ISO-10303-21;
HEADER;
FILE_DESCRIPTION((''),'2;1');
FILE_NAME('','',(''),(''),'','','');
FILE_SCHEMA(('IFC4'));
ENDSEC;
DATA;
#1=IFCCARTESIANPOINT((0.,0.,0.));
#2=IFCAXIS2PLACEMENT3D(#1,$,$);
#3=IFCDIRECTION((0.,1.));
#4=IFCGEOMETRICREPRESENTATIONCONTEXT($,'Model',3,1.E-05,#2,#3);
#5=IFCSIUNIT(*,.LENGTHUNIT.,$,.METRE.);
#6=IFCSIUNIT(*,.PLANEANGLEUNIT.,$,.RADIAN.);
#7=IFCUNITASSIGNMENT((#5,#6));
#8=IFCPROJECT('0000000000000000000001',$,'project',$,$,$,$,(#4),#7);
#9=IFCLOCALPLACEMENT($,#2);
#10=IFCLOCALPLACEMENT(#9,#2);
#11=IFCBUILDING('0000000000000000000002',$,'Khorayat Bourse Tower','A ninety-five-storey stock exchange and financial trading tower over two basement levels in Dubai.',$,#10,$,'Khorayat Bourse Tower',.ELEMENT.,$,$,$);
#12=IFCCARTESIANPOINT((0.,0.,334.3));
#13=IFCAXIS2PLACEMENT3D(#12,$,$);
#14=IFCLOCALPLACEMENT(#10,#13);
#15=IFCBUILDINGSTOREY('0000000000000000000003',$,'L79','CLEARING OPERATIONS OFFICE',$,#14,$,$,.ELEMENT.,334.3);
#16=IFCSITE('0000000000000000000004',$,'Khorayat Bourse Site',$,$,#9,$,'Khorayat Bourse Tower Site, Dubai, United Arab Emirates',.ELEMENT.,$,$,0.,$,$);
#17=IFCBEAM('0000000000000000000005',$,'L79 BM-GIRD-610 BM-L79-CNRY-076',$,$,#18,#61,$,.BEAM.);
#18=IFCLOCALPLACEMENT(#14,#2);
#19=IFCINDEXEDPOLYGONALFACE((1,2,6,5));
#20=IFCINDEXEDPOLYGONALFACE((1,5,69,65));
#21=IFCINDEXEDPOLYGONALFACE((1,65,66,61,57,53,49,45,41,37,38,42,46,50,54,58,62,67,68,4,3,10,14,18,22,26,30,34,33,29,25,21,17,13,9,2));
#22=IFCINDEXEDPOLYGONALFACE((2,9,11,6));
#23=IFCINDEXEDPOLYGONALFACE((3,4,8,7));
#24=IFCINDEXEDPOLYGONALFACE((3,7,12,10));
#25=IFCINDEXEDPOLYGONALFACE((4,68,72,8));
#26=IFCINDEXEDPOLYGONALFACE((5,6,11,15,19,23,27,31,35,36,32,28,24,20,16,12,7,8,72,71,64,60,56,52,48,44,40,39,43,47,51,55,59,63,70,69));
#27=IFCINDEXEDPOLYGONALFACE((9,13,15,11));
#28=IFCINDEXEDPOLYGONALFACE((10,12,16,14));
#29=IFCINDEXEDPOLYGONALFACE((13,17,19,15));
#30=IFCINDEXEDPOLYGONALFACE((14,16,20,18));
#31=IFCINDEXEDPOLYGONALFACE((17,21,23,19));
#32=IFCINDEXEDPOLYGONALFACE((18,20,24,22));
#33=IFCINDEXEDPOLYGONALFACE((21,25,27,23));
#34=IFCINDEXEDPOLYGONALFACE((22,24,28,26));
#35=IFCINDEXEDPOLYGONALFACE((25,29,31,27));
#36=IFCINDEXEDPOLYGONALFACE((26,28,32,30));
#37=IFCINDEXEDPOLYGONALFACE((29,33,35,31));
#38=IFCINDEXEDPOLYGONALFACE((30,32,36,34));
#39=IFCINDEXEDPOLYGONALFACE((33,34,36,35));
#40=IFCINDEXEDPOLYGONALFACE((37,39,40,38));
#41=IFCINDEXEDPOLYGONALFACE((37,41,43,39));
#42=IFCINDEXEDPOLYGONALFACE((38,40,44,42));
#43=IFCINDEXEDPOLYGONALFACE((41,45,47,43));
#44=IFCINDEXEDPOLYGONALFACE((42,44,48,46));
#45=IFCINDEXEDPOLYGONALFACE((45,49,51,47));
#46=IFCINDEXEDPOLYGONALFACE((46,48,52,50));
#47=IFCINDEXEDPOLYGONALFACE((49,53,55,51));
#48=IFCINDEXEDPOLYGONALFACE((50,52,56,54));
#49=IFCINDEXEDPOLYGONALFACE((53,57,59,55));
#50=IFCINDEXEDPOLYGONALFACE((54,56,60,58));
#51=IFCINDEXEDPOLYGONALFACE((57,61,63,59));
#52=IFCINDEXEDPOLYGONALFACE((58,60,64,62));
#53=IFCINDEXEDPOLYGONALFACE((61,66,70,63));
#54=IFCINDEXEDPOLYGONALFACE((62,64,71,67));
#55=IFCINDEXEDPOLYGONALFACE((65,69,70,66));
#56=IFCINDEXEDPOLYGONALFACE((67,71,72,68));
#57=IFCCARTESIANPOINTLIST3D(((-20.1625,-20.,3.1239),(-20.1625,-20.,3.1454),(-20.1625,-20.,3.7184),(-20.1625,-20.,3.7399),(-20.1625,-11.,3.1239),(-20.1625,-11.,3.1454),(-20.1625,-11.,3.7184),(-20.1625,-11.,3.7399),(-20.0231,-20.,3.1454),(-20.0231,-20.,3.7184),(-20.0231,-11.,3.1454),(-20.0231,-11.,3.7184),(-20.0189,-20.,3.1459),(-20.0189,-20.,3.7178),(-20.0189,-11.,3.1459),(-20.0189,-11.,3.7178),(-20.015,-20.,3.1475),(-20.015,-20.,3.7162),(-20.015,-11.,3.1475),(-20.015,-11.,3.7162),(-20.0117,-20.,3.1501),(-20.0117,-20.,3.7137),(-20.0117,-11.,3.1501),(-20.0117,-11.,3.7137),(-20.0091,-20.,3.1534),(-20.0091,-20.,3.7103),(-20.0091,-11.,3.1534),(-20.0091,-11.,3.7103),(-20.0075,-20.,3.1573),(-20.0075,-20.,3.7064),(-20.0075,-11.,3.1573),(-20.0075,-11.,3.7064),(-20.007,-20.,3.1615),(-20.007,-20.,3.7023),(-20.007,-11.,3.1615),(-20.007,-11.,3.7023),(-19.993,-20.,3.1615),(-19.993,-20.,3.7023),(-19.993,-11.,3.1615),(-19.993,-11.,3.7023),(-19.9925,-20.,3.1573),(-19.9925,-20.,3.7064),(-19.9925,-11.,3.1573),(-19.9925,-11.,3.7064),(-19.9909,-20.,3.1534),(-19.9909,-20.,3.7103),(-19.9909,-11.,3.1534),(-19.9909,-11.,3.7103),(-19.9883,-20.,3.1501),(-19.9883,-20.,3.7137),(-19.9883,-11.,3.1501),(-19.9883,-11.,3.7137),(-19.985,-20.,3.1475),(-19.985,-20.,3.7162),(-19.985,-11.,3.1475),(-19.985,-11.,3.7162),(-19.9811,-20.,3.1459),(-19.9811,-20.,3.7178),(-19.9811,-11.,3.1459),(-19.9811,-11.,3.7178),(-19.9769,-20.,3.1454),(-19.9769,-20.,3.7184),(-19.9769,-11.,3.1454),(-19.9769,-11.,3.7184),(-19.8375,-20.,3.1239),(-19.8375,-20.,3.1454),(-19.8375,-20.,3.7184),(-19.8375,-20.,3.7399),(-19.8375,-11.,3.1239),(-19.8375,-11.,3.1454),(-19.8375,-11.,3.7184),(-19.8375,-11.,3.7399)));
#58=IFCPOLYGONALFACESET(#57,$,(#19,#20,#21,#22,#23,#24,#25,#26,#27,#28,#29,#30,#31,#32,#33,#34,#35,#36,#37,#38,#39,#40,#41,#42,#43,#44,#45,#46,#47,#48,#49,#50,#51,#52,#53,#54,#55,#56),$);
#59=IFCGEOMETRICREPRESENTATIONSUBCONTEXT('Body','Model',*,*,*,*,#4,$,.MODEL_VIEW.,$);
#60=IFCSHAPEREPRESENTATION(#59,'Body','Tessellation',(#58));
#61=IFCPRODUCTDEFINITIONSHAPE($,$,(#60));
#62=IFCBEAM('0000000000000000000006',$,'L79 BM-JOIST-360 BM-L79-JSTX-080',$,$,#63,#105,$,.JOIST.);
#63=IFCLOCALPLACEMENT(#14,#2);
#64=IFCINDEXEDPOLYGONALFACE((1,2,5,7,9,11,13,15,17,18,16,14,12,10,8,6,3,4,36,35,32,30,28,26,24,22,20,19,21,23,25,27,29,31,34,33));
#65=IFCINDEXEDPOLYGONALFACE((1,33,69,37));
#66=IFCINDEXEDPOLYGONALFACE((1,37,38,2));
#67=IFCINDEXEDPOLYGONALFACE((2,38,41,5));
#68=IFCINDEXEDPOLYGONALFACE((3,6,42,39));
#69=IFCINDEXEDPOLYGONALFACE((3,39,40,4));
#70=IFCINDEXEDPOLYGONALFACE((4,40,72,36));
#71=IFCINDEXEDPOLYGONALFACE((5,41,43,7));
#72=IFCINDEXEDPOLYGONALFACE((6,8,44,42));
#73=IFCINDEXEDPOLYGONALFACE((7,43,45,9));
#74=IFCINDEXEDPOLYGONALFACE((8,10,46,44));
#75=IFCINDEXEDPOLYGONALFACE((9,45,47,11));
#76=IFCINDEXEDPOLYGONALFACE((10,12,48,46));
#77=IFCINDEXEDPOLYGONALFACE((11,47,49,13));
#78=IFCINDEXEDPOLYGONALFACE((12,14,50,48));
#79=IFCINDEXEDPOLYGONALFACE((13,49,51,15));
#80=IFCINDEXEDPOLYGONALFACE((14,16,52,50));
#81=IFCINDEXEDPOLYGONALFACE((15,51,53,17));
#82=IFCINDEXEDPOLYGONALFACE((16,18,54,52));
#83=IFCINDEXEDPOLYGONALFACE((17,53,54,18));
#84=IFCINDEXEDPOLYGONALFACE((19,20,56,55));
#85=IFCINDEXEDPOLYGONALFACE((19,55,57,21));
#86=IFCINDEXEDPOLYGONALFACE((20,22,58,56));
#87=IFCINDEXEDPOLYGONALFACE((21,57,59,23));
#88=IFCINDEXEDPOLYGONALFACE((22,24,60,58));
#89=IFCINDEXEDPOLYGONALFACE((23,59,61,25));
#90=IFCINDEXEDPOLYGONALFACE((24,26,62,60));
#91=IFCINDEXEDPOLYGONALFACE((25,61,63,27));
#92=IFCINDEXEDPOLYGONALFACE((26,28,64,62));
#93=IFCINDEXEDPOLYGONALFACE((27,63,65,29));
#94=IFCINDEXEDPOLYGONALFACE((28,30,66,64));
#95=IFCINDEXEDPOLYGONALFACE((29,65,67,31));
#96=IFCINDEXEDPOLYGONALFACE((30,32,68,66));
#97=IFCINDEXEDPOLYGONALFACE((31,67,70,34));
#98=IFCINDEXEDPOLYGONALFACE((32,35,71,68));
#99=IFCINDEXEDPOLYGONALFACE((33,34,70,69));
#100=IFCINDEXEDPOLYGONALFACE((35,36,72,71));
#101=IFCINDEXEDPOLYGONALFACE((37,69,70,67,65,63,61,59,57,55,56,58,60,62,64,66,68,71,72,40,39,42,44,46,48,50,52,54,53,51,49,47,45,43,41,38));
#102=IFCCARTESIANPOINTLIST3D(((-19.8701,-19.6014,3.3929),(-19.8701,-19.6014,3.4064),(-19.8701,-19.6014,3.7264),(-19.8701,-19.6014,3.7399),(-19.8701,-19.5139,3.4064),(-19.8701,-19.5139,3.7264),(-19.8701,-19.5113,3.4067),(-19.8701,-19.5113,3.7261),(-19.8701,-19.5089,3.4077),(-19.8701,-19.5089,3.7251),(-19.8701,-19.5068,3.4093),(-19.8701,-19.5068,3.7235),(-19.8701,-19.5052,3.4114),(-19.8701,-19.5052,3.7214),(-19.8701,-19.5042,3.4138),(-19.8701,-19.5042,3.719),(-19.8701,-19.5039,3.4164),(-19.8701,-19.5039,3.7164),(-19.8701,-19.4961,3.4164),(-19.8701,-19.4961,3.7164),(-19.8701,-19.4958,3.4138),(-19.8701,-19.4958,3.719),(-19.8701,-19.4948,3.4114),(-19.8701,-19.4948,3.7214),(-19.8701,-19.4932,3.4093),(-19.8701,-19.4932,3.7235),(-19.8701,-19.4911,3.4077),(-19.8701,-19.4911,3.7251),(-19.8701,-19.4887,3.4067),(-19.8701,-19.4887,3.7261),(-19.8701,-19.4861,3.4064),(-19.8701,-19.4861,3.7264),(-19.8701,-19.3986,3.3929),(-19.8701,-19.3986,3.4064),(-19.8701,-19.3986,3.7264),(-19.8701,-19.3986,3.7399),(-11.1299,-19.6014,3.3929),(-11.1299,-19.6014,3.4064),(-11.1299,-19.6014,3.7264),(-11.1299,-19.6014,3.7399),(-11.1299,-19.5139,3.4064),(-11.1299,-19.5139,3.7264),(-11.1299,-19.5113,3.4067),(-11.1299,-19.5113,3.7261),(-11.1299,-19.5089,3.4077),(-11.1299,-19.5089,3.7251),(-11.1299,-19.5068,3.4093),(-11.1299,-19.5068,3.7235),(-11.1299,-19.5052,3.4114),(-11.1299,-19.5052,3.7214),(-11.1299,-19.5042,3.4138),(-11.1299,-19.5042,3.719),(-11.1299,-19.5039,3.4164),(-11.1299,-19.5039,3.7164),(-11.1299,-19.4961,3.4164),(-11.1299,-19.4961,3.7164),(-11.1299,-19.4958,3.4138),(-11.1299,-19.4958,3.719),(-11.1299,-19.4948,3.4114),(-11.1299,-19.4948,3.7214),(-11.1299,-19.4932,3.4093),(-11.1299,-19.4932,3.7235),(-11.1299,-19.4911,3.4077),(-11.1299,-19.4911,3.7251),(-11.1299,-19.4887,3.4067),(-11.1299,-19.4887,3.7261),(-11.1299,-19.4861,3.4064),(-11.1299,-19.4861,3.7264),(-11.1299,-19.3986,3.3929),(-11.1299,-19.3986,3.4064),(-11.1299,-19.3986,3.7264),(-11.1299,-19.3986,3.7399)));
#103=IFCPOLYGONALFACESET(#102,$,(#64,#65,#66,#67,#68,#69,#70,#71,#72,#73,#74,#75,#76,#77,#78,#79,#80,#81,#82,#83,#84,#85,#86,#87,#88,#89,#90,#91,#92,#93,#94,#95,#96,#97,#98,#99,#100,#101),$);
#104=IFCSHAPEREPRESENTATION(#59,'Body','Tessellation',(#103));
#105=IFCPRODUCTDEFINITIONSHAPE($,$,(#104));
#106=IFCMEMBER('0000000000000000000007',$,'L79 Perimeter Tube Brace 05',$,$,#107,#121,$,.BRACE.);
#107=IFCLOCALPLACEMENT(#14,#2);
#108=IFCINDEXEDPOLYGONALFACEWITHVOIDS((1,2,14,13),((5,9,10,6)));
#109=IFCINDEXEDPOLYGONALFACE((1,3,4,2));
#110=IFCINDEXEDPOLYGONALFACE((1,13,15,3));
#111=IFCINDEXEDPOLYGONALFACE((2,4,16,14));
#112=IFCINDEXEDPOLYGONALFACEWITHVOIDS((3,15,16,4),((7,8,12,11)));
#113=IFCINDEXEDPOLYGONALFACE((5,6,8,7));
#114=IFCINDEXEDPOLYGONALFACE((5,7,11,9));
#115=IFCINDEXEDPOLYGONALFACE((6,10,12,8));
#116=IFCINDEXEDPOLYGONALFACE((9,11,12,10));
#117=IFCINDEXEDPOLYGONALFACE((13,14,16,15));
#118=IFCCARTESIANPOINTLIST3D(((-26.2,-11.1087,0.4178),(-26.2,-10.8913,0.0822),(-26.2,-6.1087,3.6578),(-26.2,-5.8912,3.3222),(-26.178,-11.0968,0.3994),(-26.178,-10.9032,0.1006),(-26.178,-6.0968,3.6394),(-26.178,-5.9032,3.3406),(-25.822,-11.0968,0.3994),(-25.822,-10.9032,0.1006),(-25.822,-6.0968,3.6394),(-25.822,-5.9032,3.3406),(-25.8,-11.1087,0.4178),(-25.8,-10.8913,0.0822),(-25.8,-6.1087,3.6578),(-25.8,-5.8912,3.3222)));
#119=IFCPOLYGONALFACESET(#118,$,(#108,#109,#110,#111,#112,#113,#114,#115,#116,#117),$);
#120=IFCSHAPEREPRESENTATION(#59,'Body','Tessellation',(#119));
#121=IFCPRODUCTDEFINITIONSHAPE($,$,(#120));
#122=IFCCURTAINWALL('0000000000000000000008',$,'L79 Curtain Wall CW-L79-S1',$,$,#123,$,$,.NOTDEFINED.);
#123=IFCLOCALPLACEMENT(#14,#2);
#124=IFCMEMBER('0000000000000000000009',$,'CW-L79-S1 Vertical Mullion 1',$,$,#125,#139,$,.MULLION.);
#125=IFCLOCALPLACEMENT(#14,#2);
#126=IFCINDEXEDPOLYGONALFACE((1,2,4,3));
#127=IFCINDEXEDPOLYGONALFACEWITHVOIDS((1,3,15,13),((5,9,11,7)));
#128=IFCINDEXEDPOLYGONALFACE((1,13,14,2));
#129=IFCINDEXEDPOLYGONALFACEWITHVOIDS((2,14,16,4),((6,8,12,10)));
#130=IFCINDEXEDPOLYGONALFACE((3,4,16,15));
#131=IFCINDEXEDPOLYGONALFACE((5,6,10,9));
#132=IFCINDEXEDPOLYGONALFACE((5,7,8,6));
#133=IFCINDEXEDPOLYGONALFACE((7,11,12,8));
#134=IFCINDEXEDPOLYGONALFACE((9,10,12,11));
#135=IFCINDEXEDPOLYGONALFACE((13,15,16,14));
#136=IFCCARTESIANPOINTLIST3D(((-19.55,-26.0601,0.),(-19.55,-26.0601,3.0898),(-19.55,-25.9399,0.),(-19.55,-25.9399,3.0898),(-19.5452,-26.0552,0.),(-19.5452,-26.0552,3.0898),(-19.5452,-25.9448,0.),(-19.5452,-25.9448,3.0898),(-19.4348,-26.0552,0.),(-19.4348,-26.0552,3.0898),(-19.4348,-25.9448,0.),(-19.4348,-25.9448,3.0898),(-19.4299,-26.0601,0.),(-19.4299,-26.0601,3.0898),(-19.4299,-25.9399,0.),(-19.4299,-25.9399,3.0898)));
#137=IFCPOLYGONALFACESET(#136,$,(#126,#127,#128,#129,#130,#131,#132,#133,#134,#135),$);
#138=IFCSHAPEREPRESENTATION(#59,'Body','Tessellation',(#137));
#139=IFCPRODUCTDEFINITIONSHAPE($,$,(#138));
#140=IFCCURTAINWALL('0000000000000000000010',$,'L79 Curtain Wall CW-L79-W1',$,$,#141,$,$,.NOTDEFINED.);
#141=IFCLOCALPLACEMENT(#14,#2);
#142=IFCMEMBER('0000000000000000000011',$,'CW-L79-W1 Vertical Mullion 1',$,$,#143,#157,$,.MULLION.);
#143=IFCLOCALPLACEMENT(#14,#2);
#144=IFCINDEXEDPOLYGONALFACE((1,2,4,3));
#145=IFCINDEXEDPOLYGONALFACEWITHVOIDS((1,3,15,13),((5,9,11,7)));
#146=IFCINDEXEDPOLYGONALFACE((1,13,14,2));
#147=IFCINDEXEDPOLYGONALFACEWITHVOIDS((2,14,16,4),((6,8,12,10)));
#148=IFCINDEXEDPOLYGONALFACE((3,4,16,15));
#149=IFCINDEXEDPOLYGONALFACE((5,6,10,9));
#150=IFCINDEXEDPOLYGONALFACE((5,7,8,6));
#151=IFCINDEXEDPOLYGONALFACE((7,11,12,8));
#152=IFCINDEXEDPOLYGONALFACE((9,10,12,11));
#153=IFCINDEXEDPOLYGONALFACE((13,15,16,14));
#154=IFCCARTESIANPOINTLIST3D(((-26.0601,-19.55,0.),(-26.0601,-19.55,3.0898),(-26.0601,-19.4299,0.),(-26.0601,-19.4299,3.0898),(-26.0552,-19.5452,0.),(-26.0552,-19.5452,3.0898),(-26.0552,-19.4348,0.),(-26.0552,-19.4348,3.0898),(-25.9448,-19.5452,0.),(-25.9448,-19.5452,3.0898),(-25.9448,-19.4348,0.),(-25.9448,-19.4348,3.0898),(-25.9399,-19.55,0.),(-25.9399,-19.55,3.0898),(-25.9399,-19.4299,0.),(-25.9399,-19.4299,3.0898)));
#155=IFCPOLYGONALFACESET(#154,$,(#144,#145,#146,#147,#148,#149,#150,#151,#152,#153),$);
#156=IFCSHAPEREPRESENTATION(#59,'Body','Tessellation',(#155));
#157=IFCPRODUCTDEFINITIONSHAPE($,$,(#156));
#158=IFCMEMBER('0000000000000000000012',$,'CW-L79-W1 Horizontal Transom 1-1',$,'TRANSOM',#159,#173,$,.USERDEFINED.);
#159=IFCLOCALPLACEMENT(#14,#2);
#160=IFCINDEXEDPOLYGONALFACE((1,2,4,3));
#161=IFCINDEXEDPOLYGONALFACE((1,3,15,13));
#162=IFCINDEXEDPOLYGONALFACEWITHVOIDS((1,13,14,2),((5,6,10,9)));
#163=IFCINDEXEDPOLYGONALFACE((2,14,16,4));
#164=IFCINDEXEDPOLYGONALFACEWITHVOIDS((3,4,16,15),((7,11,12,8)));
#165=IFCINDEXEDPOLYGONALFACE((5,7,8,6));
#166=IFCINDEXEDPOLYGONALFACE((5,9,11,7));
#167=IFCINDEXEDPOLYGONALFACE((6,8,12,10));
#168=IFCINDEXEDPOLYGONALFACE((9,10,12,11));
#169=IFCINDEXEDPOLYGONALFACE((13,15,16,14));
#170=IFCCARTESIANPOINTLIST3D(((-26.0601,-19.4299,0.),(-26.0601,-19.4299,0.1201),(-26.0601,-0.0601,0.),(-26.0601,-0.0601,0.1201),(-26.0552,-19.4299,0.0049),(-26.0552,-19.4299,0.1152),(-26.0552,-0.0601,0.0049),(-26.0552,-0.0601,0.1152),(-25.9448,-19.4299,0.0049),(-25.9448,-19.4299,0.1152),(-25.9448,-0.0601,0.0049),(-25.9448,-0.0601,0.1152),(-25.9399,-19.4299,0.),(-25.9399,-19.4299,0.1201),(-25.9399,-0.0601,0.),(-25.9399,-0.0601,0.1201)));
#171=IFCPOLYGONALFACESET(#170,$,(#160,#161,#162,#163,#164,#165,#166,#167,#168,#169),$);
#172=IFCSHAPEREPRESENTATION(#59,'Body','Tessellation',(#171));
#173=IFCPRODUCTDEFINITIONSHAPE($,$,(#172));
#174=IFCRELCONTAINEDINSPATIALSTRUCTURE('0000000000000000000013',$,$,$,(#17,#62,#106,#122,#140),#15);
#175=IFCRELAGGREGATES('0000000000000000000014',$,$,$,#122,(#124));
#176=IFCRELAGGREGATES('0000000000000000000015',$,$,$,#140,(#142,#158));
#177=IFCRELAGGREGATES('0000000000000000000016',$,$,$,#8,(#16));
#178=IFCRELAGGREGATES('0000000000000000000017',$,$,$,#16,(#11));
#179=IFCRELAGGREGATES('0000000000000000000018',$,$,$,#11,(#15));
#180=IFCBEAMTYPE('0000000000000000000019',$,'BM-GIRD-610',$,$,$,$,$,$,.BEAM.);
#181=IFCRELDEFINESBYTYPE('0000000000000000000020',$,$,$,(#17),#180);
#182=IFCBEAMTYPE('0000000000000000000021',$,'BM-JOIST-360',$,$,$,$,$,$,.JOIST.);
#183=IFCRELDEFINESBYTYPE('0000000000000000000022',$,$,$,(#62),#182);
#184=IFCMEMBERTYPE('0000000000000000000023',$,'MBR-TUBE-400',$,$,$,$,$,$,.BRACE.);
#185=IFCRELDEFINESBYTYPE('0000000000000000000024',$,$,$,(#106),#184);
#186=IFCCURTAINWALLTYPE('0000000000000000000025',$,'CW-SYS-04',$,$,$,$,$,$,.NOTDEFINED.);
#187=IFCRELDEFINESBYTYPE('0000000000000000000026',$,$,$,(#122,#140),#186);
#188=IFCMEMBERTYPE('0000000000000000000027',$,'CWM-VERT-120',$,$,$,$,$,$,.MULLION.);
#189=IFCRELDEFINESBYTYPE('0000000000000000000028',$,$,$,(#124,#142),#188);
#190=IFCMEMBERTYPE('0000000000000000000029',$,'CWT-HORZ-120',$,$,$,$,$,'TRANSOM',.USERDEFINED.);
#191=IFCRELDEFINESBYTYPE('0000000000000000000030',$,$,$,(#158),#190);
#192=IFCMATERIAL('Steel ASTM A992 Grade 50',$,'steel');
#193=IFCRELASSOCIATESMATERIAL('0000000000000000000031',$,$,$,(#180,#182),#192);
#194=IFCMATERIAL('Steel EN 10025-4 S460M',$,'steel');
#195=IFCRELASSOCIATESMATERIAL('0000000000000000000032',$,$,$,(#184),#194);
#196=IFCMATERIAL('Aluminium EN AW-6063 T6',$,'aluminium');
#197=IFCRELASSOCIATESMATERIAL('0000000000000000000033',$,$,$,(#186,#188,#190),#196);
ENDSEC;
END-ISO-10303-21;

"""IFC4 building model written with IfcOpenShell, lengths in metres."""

from ifc_helpers import new_model, si_unit, direction, frame, origin, origin_2d, place, context, subcontext, project, spatial, hollow_rectangle, i_section, extrude, source, transform, mapped, material, material_profile, profile_set, type_object, element, aggregate, save


model = new_model("IFC4")

# Units and contexts
model_context = context("Model", 3, precision=1e-05, world=origin(), true_north=direction((0.0, 1.0)))
body_context = subcontext(model_context, "Body", "Model", "MODEL_VIEW")
ifc_project = project(units=[si_unit("LENGTHUNIT", "METRE"), si_unit("PLANEANGLEUNIT", "RADIAN")], contexts=[model_context])

# Site, building, storey
site_placement = place(None, origin())
site = spatial("IfcSite", under=ifc_project, at=site_placement, Name="Khorayat Bourse Site", LongName="Khorayat Bourse Tower Site, Dubai, United Arab Emirates", CompositionType="ELEMENT", RefElevation=0.0)
building_placement = place(site_placement, origin())
building = spatial("IfcBuilding", under=site, at=building_placement, Name="Khorayat Bourse Tower", Description="A ninety-five-storey stock exchange and financial trading tower over two basement levels in Dubai.", LongName="Khorayat Bourse Tower", CompositionType="ELEMENT")
storey_placement = place(building_placement, frame((0.0, 0.0, 334.3)))
storey = spatial("IfcBuildingStorey", under=building, at=storey_placement, Name="L79", Description="CLEARING OPERATIONS OFFICE", CompositionType="ELEMENT", Elevation=334.3)

# Beams
ifc_material_1 = material(Name="Steel ASTM A992 Grade 50", Category="steel")
ifc_material_profile_1 = material_profile(ifc_material_1, i_section(OverallWidth=0.325, OverallDepth=0.616, WebThickness=0.0139, FlangeThickness=0.0215, FilletRadius=0.0161, at=origin_2d()), Name="W610X174")
ifc_profile_set_1 = profile_set([ifc_material_profile_1], Name="Steel ASTM A992 Grade 50")
beam_type_1 = type_object("IfcBeamType", Name="BM-GIRD-610", PredefinedType="BEAM", material=ifc_profile_set_1)
shared_shape_1 = source(origin(), body_context, "Body", "SweptSolid", [
    extrude(i_section(OverallWidth=0.325, OverallDepth=0.616, WebThickness=0.0139, FlangeThickness=0.0215, FilletRadius=0.0161, at=origin_2d()), origin(), (0.0, 0.0, 1.0), 9.0),
])
beam_1_placement = place(storey_placement, frame((-20.0, -20.0, 3.4319), z_axis=(0.0, 1.0, 0.0), x_axis=(-1.0, 0.0, 0.0)))
element("IfcBeam", 1, at=beam_1_placement, inside=storey, type_object=beam_type_1, Name="L79 BM-GIRD-610 BM-L79-CNRY-076", PredefinedType="BEAM", context=body_context, shape_type="MappedRepresentation", body=[
    mapped(shared_shape_1, transform((0.0, 0.0, 0.0), scale=1.0)),
])
ifc_material_profile_2 = material_profile(ifc_material_1, i_section(OverallWidth=0.2029, OverallDepth=0.3469, WebThickness=0.0078, FlangeThickness=0.0134, FilletRadius=0.01, at=origin_2d()), Name="W360X64")
ifc_profile_set_2 = profile_set([ifc_material_profile_2], Name="Steel ASTM A992 Grade 50")
beam_type_2 = type_object("IfcBeamType", Name="BM-JOIST-360", PredefinedType="JOIST", material=ifc_profile_set_2)
shared_shape_2 = source(origin(), body_context, "Body", "SweptSolid", [
    extrude(i_section(OverallWidth=0.2029, OverallDepth=0.3469, WebThickness=0.0078, FlangeThickness=0.0134, FilletRadius=0.01, at=origin_2d()), origin(), (0.0, 0.0, 1.0), 8.7402),
])
beam_2_placement = place(storey_placement, frame((-19.8701, -19.5, 3.5664), z_axis=(1.0, 0.0, 0.0), x_axis=(0.0, 1.0, 0.0)))
element("IfcBeam", 2, at=beam_2_placement, inside=storey, type_object=beam_type_2, Name="L79 BM-JOIST-360 BM-L79-JSTX-080", PredefinedType="JOIST", context=body_context, shape_type="MappedRepresentation", body=[
    mapped(shared_shape_2, transform((0.0, 0.0, 0.0), scale=1.0)),
])

# Member
ifc_material_2 = material(Name="Steel EN 10025-4 S460M", Category="steel")
ifc_material_profile_3 = material_profile(ifc_material_2, hollow_rectangle(XDim=0.3999, YDim=0.3999, WallThickness=0.022, at=origin_2d()), Name="HSS 400x400x22")
ifc_profile_set_3 = profile_set([ifc_material_profile_3], Name="Steel EN 10025-4 S460M")
member_type_1 = type_object("IfcMemberType", Name="MBR-TUBE-400", PredefinedType="BRACE", material=ifc_profile_set_3)
shared_shape_3 = source(origin(), body_context, "Body", "SweptSolid", [
    extrude(hollow_rectangle(XDim=0.3999, YDim=0.3999, WallThickness=0.022, at=origin_2d()), origin(), (0.0, 0.0, 1.0), 5.958),
])
member_1_placement = place(storey_placement, frame((-26.0, -11.0, 0.25), z_axis=(0.0, 0.83921, 0.543807), x_axis=(-1.0, 0.0, 0.0)))
element("IfcMember", 3, at=member_1_placement, inside=storey, type_object=member_type_1, Name="L79 Perimeter Tube Brace 05", PredefinedType="BRACE", context=body_context, shape_type="MappedRepresentation", body=[
    mapped(shared_shape_3, transform((0.0, 0.0, 0.0), scale=1.0)),
])

# Curtain wall, member
ifc_material_3 = material(Name="Aluminium EN AW-6063 T6", Category="aluminium")
curtain_wall_type = type_object("IfcCurtainWallType", Name="CW-SYS-04", PredefinedType="NOTDEFINED", material=ifc_material_3)
curtain_wall_1_placement = place(storey_placement, origin())
curtain_wall_1 = element("IfcCurtainWall", 4, at=curtain_wall_1_placement, inside=storey, type_object=curtain_wall_type, Name="L79 Curtain Wall CW-L79-S1", PredefinedType="NOTDEFINED")
ifc_material_profile_4 = material_profile(ifc_material_3, hollow_rectangle(XDim=0.1201, YDim=0.1201, WallThickness=0.0049, at=origin_2d()), Name="ALU 120x120x5")
ifc_profile_set_4 = profile_set([ifc_material_profile_4], Name="Aluminium EN AW-6063 T6")
member_type_2 = type_object("IfcMemberType", Name="CWM-VERT-120", PredefinedType="MULLION", material=ifc_profile_set_4)
shared_shape_4 = source(origin(), body_context, "Body", "SweptSolid", [
    extrude(hollow_rectangle(XDim=0.1201, YDim=0.1201, WallThickness=0.0049, at=origin_2d()), origin(), (0.0, 0.0, 1.0), 3.0898),
])
member_2_placement = place(storey_placement, frame((-19.49, -26.0, 0.0), z_axis=(0.0, 0.0, 1.0), x_axis=(0.0, 1.0, 0.0)))
member_2 = element("IfcMember", 5, at=member_2_placement, type_object=member_type_2, Name="CW-L79-S1 Vertical Mullion 1", PredefinedType="MULLION", context=body_context, shape_type="MappedRepresentation", body=[
    mapped(shared_shape_4, transform((0.0, 0.0, 0.0), scale=1.0)),
])
aggregate(curtain_wall_1, [member_2])

# Curtain wall, members
curtain_wall_2_placement = place(storey_placement, origin())
curtain_wall_2 = element("IfcCurtainWall", 6, at=curtain_wall_2_placement, inside=storey, type_object=curtain_wall_type, Name="L79 Curtain Wall CW-L79-W1", PredefinedType="NOTDEFINED")
member_3_placement = place(storey_placement, frame((-26.0, -19.49, 0.0), z_axis=(0.0, 0.0, 1.0), x_axis=(-1.0, 0.0, 0.0)))
member_3 = element("IfcMember", 7, at=member_3_placement, type_object=member_type_2, Name="CW-L79-W1 Vertical Mullion 1", PredefinedType="MULLION", context=body_context, shape_type="MappedRepresentation", body=[
    mapped(shared_shape_4, transform((0.0, 0.0, 0.0), scale=1.0)),
])
ifc_material_profile_5 = material_profile(ifc_material_3, hollow_rectangle(XDim=0.1201, YDim=0.1201, WallThickness=0.0049, at=origin_2d()), Name="ALU 120x120x5")
ifc_profile_set_5 = profile_set([ifc_material_profile_5], Name="Aluminium EN AW-6063 T6")
member_type_3 = type_object("IfcMemberType", Name="CWT-HORZ-120", ElementType="TRANSOM", PredefinedType="USERDEFINED", material=ifc_profile_set_5)
shared_shape_5 = source(origin(), body_context, "Body", "SweptSolid", [
    extrude(hollow_rectangle(XDim=0.1201, YDim=0.1201, WallThickness=0.0049, at=origin_2d()), origin(), (0.0, 0.0, 1.0), 19.3699),
])
member_4_placement = place(storey_placement, frame((-26.0, -19.4299, 0.0601), z_axis=(0.0, 1.0, 0.0), x_axis=(-1.0, 0.0, 0.0)))
member_4 = element("IfcMember", 8, at=member_4_placement, type_object=member_type_3, Name="CW-L79-W1 Horizontal Transom 1-1", ObjectType="TRANSOM", PredefinedType="USERDEFINED", context=body_context, shape_type="MappedRepresentation", body=[
    mapped(shared_shape_5, transform((0.0, 0.0, 0.0), scale=1.0)),
])
aggregate(curtain_wall_2, [member_3, member_4])

save(model, "model.ifc")
